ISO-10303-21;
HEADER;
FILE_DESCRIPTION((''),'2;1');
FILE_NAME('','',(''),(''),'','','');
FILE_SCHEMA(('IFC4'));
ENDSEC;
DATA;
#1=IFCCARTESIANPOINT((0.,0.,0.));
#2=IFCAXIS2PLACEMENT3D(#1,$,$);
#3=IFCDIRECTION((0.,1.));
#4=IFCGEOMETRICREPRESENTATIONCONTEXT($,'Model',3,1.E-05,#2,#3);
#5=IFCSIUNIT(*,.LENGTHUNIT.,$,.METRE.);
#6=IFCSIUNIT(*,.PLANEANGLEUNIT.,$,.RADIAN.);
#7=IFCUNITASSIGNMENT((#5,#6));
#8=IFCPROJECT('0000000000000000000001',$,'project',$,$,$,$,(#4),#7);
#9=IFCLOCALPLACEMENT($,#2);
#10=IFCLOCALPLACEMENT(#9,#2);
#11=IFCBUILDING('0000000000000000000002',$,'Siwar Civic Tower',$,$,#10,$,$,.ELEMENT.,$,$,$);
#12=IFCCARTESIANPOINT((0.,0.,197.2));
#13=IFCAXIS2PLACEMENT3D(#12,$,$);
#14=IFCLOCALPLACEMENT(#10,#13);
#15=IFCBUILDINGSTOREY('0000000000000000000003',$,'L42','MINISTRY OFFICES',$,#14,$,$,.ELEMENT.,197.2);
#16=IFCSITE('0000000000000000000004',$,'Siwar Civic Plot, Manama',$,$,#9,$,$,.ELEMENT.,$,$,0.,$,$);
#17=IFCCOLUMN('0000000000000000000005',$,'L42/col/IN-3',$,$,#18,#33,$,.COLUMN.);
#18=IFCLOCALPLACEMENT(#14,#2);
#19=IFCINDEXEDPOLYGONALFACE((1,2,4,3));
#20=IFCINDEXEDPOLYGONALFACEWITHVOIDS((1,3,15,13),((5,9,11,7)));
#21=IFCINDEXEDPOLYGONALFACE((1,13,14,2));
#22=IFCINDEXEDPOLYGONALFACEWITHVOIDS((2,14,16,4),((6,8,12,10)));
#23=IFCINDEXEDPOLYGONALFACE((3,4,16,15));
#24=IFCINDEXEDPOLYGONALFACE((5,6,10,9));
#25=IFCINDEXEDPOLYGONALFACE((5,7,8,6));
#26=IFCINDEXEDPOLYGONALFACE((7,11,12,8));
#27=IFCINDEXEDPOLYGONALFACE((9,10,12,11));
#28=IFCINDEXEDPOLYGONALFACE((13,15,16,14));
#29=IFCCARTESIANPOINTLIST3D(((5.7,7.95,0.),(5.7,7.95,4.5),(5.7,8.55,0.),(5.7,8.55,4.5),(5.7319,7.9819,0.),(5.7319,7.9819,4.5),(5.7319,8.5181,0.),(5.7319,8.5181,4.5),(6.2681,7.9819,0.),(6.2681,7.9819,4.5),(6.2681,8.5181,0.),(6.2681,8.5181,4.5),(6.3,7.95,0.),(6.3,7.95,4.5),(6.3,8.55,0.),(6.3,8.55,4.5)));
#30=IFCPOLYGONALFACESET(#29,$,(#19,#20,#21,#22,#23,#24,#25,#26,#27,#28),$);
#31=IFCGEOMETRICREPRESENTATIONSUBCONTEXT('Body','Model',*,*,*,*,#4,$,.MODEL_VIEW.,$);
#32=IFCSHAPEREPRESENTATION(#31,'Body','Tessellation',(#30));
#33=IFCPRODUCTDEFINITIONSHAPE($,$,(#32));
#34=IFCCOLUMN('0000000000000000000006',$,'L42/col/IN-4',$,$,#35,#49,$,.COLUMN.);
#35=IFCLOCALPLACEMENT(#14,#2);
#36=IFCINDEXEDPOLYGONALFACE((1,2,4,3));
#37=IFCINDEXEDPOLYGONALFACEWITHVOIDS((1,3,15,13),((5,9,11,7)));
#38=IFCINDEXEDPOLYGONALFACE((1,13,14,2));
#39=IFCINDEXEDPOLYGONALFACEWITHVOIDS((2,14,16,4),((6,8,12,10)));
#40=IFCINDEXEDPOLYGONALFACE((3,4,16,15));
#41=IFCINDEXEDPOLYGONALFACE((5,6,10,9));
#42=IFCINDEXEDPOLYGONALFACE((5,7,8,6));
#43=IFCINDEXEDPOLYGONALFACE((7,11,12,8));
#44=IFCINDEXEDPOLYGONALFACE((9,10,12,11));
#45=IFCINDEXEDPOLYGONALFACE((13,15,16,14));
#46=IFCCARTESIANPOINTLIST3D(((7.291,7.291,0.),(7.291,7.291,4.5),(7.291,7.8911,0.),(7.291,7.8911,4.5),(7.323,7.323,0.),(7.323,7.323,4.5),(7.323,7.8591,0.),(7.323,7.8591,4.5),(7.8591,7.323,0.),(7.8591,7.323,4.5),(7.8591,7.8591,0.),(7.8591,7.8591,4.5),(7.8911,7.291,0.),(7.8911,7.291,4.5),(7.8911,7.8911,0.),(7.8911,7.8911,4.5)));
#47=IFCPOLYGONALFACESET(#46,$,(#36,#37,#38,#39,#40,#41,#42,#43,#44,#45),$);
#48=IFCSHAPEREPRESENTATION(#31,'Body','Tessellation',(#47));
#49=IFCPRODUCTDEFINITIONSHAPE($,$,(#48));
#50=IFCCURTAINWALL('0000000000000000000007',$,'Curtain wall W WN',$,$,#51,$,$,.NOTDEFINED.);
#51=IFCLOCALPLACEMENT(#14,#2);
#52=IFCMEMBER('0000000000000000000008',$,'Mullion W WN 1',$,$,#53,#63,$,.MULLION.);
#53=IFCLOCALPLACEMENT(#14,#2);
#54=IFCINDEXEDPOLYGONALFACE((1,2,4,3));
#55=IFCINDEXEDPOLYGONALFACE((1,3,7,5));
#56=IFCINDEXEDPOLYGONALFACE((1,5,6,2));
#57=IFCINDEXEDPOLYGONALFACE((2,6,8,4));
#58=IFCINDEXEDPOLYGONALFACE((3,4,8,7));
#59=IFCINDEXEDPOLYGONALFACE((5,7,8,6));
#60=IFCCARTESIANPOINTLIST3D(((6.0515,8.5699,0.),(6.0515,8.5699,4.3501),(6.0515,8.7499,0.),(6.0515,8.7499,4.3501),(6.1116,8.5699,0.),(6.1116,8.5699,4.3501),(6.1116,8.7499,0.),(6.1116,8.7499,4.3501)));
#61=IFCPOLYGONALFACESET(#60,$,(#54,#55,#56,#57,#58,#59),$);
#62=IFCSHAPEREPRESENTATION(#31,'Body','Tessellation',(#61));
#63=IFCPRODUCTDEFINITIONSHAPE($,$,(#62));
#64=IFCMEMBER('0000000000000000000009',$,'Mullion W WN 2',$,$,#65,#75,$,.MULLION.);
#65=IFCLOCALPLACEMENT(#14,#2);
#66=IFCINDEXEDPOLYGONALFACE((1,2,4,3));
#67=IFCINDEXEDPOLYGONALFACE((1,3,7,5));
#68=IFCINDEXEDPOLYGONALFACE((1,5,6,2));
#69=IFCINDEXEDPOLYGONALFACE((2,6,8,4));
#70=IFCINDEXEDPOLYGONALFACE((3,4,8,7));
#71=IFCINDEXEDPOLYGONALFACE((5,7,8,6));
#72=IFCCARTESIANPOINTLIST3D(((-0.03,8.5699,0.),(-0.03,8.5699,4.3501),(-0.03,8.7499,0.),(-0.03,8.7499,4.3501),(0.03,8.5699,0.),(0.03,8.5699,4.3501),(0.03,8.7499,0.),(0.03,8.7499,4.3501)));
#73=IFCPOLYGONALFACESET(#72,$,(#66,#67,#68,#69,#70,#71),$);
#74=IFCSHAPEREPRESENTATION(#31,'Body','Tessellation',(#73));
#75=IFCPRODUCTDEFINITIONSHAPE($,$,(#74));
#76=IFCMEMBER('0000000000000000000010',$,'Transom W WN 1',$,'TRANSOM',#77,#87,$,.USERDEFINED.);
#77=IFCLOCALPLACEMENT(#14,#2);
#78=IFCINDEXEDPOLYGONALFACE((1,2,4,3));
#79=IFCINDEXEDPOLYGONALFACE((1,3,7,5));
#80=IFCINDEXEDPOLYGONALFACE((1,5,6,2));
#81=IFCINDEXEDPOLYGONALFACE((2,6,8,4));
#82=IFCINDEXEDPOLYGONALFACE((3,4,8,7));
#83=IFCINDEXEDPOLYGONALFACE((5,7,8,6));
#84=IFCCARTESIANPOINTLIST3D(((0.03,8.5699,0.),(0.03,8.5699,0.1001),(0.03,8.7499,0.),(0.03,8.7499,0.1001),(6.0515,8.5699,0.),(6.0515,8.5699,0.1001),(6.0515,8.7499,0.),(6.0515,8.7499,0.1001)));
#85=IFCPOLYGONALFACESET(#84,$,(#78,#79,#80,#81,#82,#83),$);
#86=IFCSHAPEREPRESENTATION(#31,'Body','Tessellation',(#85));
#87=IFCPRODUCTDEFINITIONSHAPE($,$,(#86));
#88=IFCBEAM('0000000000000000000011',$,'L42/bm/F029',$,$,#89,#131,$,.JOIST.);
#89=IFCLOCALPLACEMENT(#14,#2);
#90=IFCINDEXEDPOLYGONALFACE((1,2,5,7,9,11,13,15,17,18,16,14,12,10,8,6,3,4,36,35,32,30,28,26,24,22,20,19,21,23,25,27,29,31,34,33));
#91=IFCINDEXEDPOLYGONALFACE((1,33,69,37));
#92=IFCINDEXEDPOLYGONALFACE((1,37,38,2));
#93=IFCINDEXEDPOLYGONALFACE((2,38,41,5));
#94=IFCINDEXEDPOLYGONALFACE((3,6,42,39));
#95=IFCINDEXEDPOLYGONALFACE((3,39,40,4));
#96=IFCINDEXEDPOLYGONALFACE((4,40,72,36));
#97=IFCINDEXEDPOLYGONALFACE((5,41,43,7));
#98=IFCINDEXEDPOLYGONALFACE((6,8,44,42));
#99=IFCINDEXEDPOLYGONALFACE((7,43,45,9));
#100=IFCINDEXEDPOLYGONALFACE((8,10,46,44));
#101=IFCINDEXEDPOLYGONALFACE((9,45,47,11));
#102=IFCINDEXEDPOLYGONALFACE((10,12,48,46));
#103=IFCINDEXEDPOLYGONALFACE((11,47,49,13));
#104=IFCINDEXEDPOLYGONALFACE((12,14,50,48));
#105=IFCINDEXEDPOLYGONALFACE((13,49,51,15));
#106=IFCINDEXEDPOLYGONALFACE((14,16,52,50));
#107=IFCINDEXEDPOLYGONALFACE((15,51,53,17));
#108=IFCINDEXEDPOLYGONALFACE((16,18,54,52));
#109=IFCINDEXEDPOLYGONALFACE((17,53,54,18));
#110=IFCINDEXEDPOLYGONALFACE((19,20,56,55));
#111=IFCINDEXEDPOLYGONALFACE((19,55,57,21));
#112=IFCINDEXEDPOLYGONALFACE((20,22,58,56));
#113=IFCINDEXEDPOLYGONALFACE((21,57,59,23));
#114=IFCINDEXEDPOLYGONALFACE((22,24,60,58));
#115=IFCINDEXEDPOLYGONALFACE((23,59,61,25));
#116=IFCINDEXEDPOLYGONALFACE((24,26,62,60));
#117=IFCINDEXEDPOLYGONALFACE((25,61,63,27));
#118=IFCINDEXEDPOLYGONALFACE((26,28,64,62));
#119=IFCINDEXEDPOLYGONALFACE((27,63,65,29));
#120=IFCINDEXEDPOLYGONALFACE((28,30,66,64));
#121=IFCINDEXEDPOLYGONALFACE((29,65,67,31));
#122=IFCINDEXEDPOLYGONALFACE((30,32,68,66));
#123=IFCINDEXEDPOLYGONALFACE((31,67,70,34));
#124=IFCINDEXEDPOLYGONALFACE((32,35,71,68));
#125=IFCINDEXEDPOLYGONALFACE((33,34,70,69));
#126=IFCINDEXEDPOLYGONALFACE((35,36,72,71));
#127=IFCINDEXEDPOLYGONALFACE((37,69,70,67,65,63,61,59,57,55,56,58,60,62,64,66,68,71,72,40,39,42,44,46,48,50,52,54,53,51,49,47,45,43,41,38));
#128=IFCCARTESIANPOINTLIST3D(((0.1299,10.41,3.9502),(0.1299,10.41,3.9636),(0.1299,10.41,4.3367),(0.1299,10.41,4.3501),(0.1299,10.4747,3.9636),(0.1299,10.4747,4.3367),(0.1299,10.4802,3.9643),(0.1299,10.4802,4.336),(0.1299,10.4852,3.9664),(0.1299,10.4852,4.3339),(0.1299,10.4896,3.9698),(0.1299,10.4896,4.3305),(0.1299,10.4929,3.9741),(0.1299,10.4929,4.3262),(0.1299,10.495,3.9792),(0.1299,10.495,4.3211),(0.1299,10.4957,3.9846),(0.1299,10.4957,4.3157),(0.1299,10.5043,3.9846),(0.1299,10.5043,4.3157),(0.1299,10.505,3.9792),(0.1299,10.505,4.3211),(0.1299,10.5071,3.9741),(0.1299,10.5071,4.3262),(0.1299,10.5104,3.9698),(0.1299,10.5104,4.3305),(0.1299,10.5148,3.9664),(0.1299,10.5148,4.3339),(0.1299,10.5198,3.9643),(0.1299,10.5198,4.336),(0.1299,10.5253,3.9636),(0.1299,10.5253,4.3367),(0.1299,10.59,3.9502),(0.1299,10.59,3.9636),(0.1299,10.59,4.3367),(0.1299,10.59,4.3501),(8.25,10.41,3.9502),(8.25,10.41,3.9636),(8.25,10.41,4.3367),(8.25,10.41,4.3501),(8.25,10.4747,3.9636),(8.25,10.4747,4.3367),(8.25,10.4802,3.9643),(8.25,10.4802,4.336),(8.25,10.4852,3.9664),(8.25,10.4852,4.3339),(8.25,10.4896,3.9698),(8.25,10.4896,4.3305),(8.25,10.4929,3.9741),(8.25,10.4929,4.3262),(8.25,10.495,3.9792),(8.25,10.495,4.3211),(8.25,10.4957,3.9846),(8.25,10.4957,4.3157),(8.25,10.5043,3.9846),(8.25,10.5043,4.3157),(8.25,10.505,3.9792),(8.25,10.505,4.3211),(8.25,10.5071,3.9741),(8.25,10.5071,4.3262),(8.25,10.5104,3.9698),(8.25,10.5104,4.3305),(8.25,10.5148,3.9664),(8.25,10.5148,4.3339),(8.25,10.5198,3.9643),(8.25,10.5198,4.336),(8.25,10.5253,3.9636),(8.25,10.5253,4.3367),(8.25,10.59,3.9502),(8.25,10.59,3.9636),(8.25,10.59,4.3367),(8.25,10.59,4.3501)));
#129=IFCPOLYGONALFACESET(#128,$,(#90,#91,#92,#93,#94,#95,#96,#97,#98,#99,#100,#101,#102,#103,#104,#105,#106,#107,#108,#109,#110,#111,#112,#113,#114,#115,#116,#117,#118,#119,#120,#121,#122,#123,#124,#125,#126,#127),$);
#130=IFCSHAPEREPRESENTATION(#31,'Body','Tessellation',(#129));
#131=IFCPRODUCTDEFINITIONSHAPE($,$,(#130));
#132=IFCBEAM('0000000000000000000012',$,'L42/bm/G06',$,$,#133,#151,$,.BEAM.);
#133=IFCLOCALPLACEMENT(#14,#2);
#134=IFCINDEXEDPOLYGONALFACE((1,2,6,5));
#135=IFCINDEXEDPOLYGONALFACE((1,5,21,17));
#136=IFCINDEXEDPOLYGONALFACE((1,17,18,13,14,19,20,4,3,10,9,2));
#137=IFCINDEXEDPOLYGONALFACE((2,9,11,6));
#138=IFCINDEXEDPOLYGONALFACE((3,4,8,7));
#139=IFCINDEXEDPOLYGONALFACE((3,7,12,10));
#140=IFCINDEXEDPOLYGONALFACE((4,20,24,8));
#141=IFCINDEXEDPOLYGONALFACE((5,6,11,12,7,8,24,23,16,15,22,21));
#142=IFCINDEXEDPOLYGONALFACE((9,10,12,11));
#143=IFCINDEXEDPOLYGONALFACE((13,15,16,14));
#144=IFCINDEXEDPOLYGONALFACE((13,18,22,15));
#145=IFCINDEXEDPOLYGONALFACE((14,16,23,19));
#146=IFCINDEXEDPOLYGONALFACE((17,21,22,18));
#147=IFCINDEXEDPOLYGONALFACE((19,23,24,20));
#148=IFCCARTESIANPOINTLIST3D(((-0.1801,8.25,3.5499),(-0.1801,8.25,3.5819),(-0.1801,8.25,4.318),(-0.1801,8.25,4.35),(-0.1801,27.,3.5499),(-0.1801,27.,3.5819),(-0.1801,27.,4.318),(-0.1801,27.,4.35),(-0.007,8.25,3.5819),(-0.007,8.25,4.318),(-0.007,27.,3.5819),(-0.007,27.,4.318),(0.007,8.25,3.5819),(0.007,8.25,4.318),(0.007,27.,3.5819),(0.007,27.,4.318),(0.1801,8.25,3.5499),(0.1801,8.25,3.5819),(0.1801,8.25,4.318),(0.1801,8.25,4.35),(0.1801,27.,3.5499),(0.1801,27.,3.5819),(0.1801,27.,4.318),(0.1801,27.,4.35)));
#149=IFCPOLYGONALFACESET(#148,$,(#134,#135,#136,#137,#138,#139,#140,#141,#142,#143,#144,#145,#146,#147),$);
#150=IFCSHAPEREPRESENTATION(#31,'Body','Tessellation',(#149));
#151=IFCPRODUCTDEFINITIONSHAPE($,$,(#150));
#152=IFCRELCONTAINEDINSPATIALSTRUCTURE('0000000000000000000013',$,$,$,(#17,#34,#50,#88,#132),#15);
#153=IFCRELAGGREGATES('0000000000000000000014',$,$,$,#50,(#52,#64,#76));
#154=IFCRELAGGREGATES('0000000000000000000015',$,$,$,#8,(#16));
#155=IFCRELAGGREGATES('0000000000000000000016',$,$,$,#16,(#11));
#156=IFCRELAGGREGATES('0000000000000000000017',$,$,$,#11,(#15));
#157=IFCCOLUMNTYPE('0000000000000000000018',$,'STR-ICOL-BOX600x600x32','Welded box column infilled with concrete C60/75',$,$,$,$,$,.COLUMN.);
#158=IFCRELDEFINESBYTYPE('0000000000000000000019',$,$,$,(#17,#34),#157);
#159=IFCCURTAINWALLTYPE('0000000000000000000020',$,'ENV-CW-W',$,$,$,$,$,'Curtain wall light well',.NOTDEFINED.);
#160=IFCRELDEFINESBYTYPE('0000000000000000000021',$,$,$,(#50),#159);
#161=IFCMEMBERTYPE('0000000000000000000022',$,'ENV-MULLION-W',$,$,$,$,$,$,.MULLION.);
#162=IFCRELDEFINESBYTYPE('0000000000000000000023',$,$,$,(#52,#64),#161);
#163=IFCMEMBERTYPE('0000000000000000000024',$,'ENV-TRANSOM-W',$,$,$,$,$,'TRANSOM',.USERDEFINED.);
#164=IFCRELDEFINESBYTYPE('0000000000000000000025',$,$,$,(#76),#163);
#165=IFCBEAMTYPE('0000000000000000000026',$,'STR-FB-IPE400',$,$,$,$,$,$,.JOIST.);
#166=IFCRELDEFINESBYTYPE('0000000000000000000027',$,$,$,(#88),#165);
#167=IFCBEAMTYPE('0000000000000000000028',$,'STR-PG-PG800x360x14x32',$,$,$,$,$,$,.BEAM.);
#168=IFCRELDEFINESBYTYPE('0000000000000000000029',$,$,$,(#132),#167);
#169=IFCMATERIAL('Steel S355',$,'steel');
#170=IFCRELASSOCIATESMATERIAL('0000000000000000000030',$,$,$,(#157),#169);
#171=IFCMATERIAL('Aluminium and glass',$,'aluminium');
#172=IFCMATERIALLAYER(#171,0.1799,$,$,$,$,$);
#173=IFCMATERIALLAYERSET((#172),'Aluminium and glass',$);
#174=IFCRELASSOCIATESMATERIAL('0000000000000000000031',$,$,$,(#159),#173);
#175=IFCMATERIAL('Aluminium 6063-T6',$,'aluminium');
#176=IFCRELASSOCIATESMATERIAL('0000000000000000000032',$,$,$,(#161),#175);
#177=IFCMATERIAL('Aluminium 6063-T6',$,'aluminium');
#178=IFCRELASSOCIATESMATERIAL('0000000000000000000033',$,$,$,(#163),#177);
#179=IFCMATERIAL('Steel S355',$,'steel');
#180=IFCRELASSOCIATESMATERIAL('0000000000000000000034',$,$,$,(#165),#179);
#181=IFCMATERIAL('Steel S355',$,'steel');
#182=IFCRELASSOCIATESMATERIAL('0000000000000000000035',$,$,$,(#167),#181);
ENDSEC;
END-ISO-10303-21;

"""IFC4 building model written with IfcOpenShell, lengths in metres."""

from ifc_helpers import new_model, si_unit, direction, frame, origin, origin_2d, place, context, subcontext, project, spatial, rectangle, hollow_rectangle, i_section, extrude, material, layer, layer_set, material_profile, profile_set, type_object, element, aggregate, save


model = new_model("IFC4")

# Units and contexts
model_context = context("Model", 3, precision=1e-05, world=origin(), true_north=direction((0.0, 1.0)))
body_context = subcontext(model_context, "Body", "Model", "MODEL_VIEW")
ifc_project = project(units=[si_unit("LENGTHUNIT", "METRE"), si_unit("PLANEANGLEUNIT", "RADIAN")], contexts=[model_context])

# Site, building, storey
site_placement = place(None, origin())
site = spatial("IfcSite", under=ifc_project, at=site_placement, Name="Siwar Civic Plot, Manama", CompositionType="ELEMENT", RefElevation=0.0)
building_placement = place(site_placement, origin())
building = spatial("IfcBuilding", under=site, at=building_placement, Name="Siwar Civic Tower", CompositionType="ELEMENT")
storey_placement = place(building_placement, frame((0.0, 0.0, 197.2)))
storey = spatial("IfcBuildingStorey", under=building, at=storey_placement, Name="L42", Description="MINISTRY OFFICES", CompositionType="ELEMENT", Elevation=197.2)

# Columns
ifc_material_1 = material(Name="Steel S355", Category="steel")
ifc_material_profile_1 = material_profile(ifc_material_1, hollow_rectangle(XDim=0.6001, YDim=0.6001, WallThickness=0.032, at=origin_2d()), Name="BOX600x600x32")
ifc_profile_set_1 = profile_set([ifc_material_profile_1], Name="Steel S355")
column_type = type_object("IfcColumnType", Name="STR-ICOL-BOX600x600x32", Description="Welded box column infilled with concrete C60/75", PredefinedType="COLUMN", material=ifc_profile_set_1)
for number, where, z_axis, x_axis, name in (
    (1, (6.0, 8.25, 0.0), (0.0, 0.0, 1.0), (1.0, 0.0, 0.0), "L42/col/IN-3"),
    (2, (7.5911, 7.5911, 0.0), (0.0, 0.0, 1.0), (1.0, 0.0, 0.0), "L42/col/IN-4"),
):
    element("IfcColumn", number, at=place(storey_placement, frame(where, z_axis=z_axis, x_axis=x_axis)), inside=storey, type_object=column_type, Name=name, PredefinedType="COLUMN", context=body_context, shape_type="SweptSolid", body=[
        extrude(hollow_rectangle(XDim=0.6001, YDim=0.6001, WallThickness=0.032, at=origin_2d()), origin(), (0.0, 0.0, 1.0), 4.5),
    ])

# Curtain wall, members
ifc_material_2 = material(Name="Aluminium and glass", Category="aluminium")
ifc_layer_1 = layer(ifc_material_2, 0.1799)
ifc_layer_set_1 = layer_set([ifc_layer_1], Name="Aluminium and glass")
curtain_wall_type = type_object("IfcCurtainWallType", Name="ENV-CW-W", ElementType="Curtain wall light well", PredefinedType="NOTDEFINED", material=ifc_layer_set_1)
curtain_wall_placement = place(storey_placement, origin())
curtain_wall = element("IfcCurtainWall", 3, at=curtain_wall_placement, inside=storey, type_object=curtain_wall_type, Name="Curtain wall W WN", PredefinedType="NOTDEFINED")
ifc_material_3 = material(Name="Aluminium 6063-T6", Category="aluminium")
ifc_material_profile_2 = material_profile(ifc_material_3, rectangle(XDim=0.1799, YDim=0.0601, at=origin_2d()), Name="AL 180x60")
ifc_profile_set_2 = profile_set([ifc_material_profile_2], Name="Aluminium 6063-T6")
member_type_1 = type_object("IfcMemberType", Name="ENV-MULLION-W", PredefinedType="MULLION", material=ifc_profile_set_2)
member_1_placement = place(storey_placement, frame((6.0815, 8.6599, 0.0), z_axis=(0.0, 0.0, 1.0), x_axis=(0.0, -1.0, 0.0)))
member_1 = element("IfcMember", 4, at=member_1_placement, type_object=member_type_1, Name="Mullion W WN 1", PredefinedType="MULLION", context=body_context, shape_type="SweptSolid", body=[
    extrude(rectangle(XDim=0.1799, YDim=0.0601, at=origin_2d()), origin(), (0.0, 0.0, 1.0), 4.3501),
])
member_2_placement = place(storey_placement, frame((0.0, 8.6599, 0.0), z_axis=(0.0, 0.0, 1.0), x_axis=(0.0, -1.0, 0.0)))
member_2 = element("IfcMember", 5, at=member_2_placement, type_object=member_type_1, Name="Mullion W WN 2", PredefinedType="MULLION", context=body_context, shape_type="SweptSolid", body=[
    extrude(rectangle(XDim=0.1799, YDim=0.0601, at=origin_2d()), origin(), (0.0, 0.0, 1.0), 4.3501),
])
ifc_material_4 = material(Name="Aluminium 6063-T6", Category="aluminium")
ifc_material_profile_3 = material_profile(ifc_material_4, rectangle(XDim=0.1799, YDim=0.1001, at=origin_2d()), Name="AL 180x100")
ifc_profile_set_3 = profile_set([ifc_material_profile_3], Name="Aluminium 6063-T6")
member_type_2 = type_object("IfcMemberType", Name="ENV-TRANSOM-W", ElementType="TRANSOM", PredefinedType="USERDEFINED", material=ifc_profile_set_3)
member_3_placement = place(storey_placement, frame((6.0515, 8.6599, 0.05), z_axis=(-1.0, 0.0, 0.0), x_axis=(0.0, -1.0, 0.0)))
member_3 = element("IfcMember", 6, at=member_3_placement, type_object=member_type_2, Name="Transom W WN 1", ObjectType="TRANSOM", PredefinedType="USERDEFINED", context=body_context, shape_type="SweptSolid", body=[
    extrude(rectangle(XDim=0.1799, YDim=0.1001, at=origin_2d()), origin(), (0.0, 0.0, 1.0), 6.0215),
])

# Beams
ifc_material_5 = material(Name="Steel S355", Category="steel")
ifc_material_profile_4 = material_profile(ifc_material_5, i_section(OverallWidth=0.1799, OverallDepth=0.3999, WebThickness=0.0085, FlangeThickness=0.0134, FilletRadius=0.021, at=origin_2d()), Name="IPE400")
ifc_profile_set_4 = profile_set([ifc_material_profile_4], Name="Steel S355")
beam_type_1 = type_object("IfcBeamType", Name="STR-FB-IPE400", PredefinedType="JOIST", material=ifc_profile_set_4)
beam_1_placement = place(storey_placement, frame((0.1299, 10.5, 4.1501), z_axis=(1.0, 0.0, 0.0), x_axis=(0.0, 1.0, 0.0)))
element("IfcBeam", 7, at=beam_1_placement, inside=storey, type_object=beam_type_1, Name="L42/bm/F029", PredefinedType="JOIST", context=body_context, shape_type="SweptSolid", body=[
    extrude(i_section(OverallWidth=0.1799, OverallDepth=0.3999, WebThickness=0.0085, FlangeThickness=0.0134, FilletRadius=0.021, at=origin_2d()), origin(), (0.0, 0.0, 1.0), 8.1201),
])
ifc_material_6 = material(Name="Steel S355", Category="steel")
ifc_material_profile_5 = material_profile(ifc_material_6, i_section(OverallWidth=0.3601, OverallDepth=0.8, WebThickness=0.0139, FlangeThickness=0.032, at=origin_2d()), Name="PG800x360x14x32")
ifc_profile_set_5 = profile_set([ifc_material_profile_5], Name="Steel S355")
beam_type_2 = type_object("IfcBeamType", Name="STR-PG-PG800x360x14x32", PredefinedType="BEAM", material=ifc_profile_set_5)
beam_2_placement = place(storey_placement, frame((0.0, 8.25, 3.95), z_axis=(0.0, 1.0, 0.0), x_axis=(-1.0, 0.0, 0.0)))
element("IfcBeam", 8, at=beam_2_placement, inside=storey, type_object=beam_type_2, Name="L42/bm/G06", PredefinedType="BEAM", context=body_context, shape_type="SweptSolid", body=[
    extrude(i_section(OverallWidth=0.3601, OverallDepth=0.8, WebThickness=0.0139, FlangeThickness=0.032, at=origin_2d()), origin(), (0.0, 0.0, 1.0), 18.75),
])

aggregate(curtain_wall, [member_1, member_2, member_3])

save(model, "model.ifc")
